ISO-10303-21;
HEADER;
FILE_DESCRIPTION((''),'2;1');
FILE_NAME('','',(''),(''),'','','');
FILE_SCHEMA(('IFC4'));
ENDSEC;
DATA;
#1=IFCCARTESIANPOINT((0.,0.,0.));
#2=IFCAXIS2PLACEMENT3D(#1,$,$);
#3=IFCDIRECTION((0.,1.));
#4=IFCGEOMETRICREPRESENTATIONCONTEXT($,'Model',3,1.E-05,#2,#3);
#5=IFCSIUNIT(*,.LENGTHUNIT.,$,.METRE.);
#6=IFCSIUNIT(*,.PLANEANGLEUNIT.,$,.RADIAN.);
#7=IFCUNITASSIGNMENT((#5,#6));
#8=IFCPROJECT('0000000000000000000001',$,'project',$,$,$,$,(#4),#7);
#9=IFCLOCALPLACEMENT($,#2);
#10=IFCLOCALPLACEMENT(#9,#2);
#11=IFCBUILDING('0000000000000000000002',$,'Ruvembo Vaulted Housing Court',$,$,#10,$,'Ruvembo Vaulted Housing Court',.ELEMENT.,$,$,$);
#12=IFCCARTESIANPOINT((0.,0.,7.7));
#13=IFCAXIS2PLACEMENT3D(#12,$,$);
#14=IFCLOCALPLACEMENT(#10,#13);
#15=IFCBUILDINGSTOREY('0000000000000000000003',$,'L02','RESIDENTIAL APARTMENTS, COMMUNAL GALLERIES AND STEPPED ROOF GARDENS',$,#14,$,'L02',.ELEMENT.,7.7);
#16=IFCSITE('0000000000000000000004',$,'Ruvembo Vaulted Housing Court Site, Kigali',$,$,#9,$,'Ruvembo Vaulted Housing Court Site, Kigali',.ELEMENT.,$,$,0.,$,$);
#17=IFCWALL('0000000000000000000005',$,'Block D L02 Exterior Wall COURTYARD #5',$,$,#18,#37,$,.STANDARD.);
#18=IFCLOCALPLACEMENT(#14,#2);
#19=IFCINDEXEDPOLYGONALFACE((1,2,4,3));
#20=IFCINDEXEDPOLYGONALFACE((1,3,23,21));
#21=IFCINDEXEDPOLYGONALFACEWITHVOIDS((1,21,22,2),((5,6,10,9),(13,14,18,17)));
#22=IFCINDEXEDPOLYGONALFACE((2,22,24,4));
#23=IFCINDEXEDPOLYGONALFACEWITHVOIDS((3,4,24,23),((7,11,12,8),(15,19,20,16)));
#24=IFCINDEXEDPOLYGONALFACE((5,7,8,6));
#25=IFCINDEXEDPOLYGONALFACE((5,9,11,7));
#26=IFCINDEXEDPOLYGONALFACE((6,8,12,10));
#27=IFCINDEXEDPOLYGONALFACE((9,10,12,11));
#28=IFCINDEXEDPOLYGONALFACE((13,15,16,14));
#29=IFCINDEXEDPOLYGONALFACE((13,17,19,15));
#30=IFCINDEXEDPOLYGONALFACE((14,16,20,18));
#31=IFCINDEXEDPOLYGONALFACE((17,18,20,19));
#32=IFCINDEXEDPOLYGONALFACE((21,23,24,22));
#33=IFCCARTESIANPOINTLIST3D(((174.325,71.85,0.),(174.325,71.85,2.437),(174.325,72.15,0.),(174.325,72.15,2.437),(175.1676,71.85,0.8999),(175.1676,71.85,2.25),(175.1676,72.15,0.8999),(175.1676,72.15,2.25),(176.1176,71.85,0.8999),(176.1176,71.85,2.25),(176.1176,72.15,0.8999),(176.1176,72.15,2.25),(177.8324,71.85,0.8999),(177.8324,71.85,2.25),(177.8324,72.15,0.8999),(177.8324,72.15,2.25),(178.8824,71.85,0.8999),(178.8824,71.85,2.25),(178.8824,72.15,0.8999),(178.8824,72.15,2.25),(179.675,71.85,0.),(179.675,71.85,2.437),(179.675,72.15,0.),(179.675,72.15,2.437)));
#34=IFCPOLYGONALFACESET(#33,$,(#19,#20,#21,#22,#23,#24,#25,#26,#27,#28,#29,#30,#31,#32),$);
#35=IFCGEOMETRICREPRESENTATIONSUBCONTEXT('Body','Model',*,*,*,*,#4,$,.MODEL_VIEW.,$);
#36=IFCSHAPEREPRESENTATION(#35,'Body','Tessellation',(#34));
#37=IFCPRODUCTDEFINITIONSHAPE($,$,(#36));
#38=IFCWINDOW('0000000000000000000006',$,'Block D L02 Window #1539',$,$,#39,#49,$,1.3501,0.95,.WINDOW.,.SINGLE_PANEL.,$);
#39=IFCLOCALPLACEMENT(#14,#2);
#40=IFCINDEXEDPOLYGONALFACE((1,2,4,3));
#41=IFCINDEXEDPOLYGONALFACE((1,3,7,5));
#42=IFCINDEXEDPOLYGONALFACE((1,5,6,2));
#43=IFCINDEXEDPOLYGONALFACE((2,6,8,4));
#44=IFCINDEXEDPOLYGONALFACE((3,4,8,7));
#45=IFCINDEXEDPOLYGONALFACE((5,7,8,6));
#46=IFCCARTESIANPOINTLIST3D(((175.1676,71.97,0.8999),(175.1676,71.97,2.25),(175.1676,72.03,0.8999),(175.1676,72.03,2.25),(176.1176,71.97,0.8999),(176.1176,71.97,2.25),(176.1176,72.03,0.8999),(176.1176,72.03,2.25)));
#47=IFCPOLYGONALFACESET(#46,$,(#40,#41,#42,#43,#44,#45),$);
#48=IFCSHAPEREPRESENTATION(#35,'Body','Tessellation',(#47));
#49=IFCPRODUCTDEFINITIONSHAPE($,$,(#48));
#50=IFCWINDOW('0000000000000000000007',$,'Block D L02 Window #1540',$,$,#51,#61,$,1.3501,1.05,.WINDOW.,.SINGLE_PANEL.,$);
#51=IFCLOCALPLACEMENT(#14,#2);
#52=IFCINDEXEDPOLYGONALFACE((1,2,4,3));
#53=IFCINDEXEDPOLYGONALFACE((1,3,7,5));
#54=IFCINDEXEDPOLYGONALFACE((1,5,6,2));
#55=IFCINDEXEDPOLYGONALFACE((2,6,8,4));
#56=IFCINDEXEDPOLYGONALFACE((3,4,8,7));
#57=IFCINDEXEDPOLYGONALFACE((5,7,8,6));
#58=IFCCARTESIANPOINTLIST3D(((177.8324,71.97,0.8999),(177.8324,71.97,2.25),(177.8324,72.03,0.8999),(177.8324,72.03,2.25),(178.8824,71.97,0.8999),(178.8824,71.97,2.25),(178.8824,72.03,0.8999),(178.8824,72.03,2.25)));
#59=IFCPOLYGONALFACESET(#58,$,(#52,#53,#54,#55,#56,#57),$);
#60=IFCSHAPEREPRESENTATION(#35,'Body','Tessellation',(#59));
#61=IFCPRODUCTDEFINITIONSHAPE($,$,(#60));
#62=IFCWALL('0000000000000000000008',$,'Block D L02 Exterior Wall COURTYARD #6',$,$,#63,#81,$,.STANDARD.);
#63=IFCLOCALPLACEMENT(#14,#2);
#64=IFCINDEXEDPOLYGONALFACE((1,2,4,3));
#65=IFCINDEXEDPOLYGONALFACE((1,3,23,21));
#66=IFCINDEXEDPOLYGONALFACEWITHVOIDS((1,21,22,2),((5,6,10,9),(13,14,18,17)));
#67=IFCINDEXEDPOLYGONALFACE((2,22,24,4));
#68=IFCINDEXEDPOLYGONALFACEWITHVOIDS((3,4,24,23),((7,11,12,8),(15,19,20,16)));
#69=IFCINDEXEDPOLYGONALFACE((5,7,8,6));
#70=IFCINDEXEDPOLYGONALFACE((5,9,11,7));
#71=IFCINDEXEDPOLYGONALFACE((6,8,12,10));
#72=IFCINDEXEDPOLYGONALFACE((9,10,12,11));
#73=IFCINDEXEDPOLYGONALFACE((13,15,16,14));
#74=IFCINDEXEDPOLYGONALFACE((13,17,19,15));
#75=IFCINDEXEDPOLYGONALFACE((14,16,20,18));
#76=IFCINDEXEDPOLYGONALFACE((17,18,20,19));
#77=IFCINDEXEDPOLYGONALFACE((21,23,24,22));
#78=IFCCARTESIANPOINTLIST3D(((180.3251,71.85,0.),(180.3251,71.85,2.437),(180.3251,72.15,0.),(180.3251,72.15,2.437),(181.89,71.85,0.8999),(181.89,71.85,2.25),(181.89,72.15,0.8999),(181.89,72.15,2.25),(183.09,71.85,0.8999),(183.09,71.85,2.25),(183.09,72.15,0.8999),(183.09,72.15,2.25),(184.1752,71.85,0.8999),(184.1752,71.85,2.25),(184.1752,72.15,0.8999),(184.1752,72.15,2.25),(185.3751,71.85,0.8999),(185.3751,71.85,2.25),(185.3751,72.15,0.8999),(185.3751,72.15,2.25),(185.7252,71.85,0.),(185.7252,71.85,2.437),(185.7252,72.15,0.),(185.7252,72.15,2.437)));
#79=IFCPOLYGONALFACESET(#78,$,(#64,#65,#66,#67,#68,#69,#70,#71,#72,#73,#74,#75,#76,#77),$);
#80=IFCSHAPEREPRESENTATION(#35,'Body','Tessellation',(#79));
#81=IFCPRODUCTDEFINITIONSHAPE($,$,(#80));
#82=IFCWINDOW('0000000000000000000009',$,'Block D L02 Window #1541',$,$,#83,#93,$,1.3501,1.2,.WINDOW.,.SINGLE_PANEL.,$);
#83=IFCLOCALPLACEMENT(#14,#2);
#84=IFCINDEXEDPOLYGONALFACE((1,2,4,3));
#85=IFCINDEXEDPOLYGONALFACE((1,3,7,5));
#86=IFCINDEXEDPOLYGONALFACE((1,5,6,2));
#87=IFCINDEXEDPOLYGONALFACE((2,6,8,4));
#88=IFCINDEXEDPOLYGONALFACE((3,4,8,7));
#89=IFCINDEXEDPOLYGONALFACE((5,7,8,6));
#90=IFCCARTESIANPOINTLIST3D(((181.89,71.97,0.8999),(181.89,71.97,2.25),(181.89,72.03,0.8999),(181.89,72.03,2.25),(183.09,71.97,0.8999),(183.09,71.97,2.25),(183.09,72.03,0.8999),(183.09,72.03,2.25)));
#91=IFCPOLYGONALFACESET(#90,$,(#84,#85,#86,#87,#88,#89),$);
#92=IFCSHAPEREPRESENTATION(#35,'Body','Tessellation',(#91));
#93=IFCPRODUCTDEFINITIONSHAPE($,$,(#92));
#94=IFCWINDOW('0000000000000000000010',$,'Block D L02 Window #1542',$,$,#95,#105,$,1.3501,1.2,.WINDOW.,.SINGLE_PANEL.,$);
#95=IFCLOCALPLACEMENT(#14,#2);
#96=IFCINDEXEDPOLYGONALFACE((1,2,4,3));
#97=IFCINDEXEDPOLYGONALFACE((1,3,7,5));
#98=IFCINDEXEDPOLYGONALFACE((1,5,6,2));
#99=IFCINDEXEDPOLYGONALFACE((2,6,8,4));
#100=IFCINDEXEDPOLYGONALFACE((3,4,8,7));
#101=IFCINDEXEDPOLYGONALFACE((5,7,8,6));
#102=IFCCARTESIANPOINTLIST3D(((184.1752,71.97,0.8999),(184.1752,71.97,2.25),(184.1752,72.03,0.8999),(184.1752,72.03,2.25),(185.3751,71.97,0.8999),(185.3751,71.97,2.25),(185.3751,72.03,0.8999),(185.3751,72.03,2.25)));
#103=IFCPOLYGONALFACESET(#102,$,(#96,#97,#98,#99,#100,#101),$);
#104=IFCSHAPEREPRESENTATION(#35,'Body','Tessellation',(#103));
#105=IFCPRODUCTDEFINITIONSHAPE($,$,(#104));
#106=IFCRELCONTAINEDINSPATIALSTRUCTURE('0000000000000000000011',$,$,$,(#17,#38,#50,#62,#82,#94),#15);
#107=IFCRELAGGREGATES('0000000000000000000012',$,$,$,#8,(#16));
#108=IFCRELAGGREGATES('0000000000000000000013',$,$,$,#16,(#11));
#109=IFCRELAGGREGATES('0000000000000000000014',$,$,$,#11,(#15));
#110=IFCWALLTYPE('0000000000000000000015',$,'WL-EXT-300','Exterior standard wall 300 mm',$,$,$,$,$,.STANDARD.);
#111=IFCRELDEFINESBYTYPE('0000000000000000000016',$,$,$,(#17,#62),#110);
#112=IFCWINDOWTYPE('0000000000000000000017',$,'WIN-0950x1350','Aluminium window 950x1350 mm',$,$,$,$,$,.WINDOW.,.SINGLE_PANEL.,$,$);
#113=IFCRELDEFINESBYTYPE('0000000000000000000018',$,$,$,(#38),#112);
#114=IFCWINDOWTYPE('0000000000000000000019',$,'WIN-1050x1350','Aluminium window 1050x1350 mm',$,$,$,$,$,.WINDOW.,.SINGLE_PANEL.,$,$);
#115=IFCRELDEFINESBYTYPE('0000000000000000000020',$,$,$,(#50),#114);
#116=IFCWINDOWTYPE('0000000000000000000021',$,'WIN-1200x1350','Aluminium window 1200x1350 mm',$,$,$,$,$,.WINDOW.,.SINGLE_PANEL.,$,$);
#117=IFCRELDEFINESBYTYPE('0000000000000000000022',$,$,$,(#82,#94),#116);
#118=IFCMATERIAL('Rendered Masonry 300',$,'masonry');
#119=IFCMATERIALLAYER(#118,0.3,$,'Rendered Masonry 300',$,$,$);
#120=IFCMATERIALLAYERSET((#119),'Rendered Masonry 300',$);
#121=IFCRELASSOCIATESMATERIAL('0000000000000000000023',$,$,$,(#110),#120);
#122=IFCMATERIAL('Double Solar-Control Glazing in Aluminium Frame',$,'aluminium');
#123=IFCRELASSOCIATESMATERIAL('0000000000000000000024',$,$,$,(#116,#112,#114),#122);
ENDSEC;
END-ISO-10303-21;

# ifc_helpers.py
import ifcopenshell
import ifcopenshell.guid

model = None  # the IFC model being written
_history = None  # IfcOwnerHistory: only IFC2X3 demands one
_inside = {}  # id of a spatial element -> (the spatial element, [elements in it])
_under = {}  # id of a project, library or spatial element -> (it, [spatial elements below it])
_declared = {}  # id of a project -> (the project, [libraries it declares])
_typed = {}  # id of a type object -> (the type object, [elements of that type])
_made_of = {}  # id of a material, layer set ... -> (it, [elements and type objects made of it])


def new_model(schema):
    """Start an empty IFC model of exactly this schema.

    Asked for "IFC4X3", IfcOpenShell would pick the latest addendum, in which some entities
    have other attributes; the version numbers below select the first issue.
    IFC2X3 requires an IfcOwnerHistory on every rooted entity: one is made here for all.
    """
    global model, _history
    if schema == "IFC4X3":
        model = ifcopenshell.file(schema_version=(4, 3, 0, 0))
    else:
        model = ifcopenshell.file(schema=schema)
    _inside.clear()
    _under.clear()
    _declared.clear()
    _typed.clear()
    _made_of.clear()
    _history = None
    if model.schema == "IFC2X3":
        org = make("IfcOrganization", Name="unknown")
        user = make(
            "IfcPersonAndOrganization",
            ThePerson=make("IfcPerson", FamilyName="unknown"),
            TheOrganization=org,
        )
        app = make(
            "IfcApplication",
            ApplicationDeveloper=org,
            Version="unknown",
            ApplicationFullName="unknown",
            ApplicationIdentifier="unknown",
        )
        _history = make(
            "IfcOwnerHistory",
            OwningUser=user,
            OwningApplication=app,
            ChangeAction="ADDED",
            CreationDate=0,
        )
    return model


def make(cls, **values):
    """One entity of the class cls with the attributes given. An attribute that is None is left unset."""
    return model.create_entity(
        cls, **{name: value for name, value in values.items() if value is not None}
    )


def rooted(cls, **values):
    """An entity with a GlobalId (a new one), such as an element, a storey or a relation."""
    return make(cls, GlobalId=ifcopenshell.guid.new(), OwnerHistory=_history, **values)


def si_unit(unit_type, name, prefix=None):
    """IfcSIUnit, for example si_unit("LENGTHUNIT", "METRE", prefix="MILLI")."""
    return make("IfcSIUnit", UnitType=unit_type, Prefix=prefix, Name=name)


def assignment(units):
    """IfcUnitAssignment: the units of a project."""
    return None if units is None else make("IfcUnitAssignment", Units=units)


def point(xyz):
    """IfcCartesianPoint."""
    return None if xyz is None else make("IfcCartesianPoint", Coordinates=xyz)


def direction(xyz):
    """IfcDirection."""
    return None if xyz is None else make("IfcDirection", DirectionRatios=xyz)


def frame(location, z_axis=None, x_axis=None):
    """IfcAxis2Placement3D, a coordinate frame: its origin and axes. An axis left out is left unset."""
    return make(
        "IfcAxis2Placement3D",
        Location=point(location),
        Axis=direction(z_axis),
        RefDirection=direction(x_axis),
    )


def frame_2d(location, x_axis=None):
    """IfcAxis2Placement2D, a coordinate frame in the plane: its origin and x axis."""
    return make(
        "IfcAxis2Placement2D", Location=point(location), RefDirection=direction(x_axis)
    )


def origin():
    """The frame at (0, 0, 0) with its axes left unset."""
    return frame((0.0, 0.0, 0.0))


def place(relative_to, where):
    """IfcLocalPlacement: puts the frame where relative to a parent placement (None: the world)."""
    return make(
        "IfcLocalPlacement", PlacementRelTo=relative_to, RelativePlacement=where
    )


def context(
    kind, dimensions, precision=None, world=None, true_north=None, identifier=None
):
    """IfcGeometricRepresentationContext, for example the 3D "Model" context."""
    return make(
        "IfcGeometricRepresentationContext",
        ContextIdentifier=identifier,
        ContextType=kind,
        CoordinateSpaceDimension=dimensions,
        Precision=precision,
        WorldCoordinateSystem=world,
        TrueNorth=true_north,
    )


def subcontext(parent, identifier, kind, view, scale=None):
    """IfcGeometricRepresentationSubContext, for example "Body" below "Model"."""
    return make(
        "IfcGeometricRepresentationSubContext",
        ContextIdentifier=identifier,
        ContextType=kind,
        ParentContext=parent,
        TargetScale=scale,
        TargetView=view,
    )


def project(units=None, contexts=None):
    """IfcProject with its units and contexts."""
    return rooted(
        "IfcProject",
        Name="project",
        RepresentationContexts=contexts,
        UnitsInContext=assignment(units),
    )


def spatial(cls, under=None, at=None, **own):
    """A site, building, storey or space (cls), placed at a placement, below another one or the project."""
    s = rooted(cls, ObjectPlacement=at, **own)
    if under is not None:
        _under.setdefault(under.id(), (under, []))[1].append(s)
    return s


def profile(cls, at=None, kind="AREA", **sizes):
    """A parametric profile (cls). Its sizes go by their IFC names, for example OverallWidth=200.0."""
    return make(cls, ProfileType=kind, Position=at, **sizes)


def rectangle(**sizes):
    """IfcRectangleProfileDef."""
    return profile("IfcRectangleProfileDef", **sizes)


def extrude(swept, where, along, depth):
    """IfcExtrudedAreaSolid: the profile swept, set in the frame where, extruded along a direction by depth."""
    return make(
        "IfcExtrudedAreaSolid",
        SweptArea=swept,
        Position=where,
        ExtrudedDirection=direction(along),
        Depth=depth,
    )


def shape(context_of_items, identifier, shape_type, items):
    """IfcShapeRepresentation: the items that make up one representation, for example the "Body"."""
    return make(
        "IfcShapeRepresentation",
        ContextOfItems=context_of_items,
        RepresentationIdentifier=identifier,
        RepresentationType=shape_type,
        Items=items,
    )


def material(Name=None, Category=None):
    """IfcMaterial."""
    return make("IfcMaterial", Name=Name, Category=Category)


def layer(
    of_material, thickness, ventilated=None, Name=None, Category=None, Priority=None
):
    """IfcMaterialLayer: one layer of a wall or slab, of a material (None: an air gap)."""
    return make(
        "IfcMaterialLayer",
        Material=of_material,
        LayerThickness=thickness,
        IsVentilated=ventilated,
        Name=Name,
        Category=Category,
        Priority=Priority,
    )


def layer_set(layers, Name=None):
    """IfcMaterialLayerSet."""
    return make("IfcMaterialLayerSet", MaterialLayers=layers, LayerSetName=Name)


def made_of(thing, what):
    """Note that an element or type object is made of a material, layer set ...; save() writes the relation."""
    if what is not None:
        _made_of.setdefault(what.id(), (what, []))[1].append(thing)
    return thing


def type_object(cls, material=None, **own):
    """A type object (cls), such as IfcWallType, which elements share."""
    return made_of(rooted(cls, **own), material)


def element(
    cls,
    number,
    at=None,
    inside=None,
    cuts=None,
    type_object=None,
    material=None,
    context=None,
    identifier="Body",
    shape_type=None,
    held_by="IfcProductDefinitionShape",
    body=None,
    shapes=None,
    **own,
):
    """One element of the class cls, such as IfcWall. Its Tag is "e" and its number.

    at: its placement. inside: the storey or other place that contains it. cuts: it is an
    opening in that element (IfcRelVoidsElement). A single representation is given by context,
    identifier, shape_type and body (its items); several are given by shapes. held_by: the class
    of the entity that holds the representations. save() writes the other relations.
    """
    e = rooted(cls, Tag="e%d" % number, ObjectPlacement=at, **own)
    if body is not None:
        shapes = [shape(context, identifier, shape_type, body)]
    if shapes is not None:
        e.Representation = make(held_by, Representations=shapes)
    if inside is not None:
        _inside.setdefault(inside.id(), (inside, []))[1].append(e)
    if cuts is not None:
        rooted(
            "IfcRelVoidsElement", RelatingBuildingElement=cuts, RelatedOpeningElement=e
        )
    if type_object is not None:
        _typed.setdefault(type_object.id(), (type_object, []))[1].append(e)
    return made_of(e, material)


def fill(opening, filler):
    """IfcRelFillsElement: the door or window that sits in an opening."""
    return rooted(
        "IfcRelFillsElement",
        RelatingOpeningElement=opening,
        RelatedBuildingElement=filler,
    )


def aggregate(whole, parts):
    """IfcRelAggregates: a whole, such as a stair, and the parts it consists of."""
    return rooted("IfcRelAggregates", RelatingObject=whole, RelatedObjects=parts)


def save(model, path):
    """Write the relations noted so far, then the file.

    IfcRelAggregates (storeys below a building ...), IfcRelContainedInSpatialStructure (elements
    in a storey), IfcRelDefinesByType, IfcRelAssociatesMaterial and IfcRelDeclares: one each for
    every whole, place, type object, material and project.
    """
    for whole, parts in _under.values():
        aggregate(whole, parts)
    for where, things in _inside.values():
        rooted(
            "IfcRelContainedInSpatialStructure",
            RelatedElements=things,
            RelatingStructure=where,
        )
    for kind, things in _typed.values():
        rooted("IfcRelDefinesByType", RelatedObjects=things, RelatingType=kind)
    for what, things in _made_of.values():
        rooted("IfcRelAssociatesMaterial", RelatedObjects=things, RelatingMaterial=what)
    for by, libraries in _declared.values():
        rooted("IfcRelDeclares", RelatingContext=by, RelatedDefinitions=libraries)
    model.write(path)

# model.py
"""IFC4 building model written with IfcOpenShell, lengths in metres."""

from ifc_helpers import new_model, si_unit, direction, frame, frame_2d, origin, place, context, subcontext, project, spatial, rectangle, extrude, material, layer, layer_set, type_object, element, fill, save


model = new_model("IFC4")

# Units and contexts
model_context = context("Model", 3, precision=1e-05, world=origin(), true_north=direction((0.0, 1.0)))
body_context = subcontext(model_context, "Body", "Model", "MODEL_VIEW")
ifc_project = project(units=[si_unit("LENGTHUNIT", "METRE"), si_unit("PLANEANGLEUNIT", "RADIAN")], contexts=[model_context])

# Site, building, storey
site_placement = place(None, origin())
site = spatial("IfcSite", under=ifc_project, at=site_placement, Name="Ruvembo Vaulted Housing Court Site, Kigali", LongName="Ruvembo Vaulted Housing Court Site, Kigali", CompositionType="ELEMENT", RefElevation=0.0)
building_placement = place(site_placement, origin())
building = spatial("IfcBuilding", under=site, at=building_placement, Name="Ruvembo Vaulted Housing Court", LongName="Ruvembo Vaulted Housing Court", CompositionType="ELEMENT")
storey_placement = place(building_placement, frame((0.0, 0.0, 7.7)))
storey = spatial("IfcBuildingStorey", under=building, at=storey_placement, Name="L02", Description="RESIDENTIAL APARTMENTS, COMMUNAL GALLERIES AND STEPPED ROOF GARDENS", LongName="L02", CompositionType="ELEMENT", Elevation=7.7)

# Walls, openings, windows
ifc_material_1 = material(Name="Rendered Masonry 300", Category="masonry")
ifc_layer = layer(ifc_material_1, 0.3, Name="Rendered Masonry 300")
ifc_layer_set = layer_set([ifc_layer], Name="Rendered Masonry 300")
wall_type = type_object("IfcWallType", Name="WL-EXT-300", Description="Exterior standard wall 300 mm", PredefinedType="STANDARD", material=ifc_layer_set)
ifc_material_2 = material(Name="Double Solar-Control Glazing in Aluminium Frame", Category="aluminium")
window_type_1 = type_object("IfcWindowType", Name="WIN-1200x1350", Description="Aluminium window 1200x1350 mm", PartitioningType="SINGLE_PANEL", PredefinedType="WINDOW", material=ifc_material_2)
wall_1_placement = place(storey_placement, frame((174.325, 72.0, 0.0), z_axis=(0.0, 0.0, 1.0), x_axis=(1.0, 0.0, 0.0)))
wall_1 = element("IfcWall", 1, at=wall_1_placement, inside=storey, type_object=wall_type, Name="Block D L02 Exterior Wall COURTYARD #5", PredefinedType="STANDARD", context=body_context, shape_type="SweptSolid", body=[
    extrude(rectangle(XDim=5.3501, YDim=0.3, at=frame_2d((2.675, 0.0))), origin(), (0.0, 0.0, 1.0), 2.437),
])
opening_1_placement = place(wall_1_placement, frame((0.8425, 0.0, 0.8999)))
opening_1 = element("IfcOpeningElement", 2, at=opening_1_placement, cuts=wall_1, PredefinedType="OPENING", context=body_context, shape_type="SweptSolid", body=[
    extrude(rectangle(XDim=0.95, YDim=1.3501, at=frame_2d((0.4751, 0.675))), frame((0.0, 0.1599, 0.0), z_axis=(0.0, -1.0, 0.0), x_axis=(1.0, 0.0, 0.0)), (0.0, 0.0, 1.0), 0.3201),
])
opening_2_placement = place(wall_1_placement, frame((3.5076, 0.0, 0.8999)))
opening_2 = element("IfcOpeningElement", 3, at=opening_2_placement, cuts=wall_1, PredefinedType="OPENING", context=body_context, shape_type="SweptSolid", body=[
    extrude(rectangle(XDim=1.05, YDim=1.3501, at=frame_2d((0.5249, 0.675))), frame((0.0, 0.1599, 0.0), z_axis=(0.0, -1.0, 0.0), x_axis=(1.0, 0.0, 0.0)), (0.0, 0.0, 1.0), 0.3201),
])
window_type_2 = type_object("IfcWindowType", Name="WIN-0950x1350", Description="Aluminium window 950x1350 mm", PartitioningType="SINGLE_PANEL", PredefinedType="WINDOW", material=ifc_material_2)
window_1_placement = place(opening_1_placement, origin())
window_1 = element("IfcWindow", 4, at=window_1_placement, inside=storey, type_object=window_type_2, Name="Block D L02 Window #1539", OverallHeight=1.3501, OverallWidth=0.95, PartitioningType="SINGLE_PANEL", PredefinedType="WINDOW", context=body_context, shape_type="SweptSolid", body=[
    extrude(rectangle(XDim=0.95, YDim=1.3501, at=frame_2d((0.4751, 0.675))), frame((0.0, 0.03, 0.0), z_axis=(0.0, -1.0, 0.0), x_axis=(1.0, 0.0, 0.0)), (0.0, 0.0, 1.0), 0.0601),
])
fill(opening_1, window_1)
window_type_3 = type_object("IfcWindowType", Name="WIN-1050x1350", Description="Aluminium window 1050x1350 mm", PartitioningType="SINGLE_PANEL", PredefinedType="WINDOW", material=ifc_material_2)
window_2_placement = place(opening_2_placement, origin())
window_2 = element("IfcWindow", 5, at=window_2_placement, inside=storey, type_object=window_type_3, Name="Block D L02 Window #1540", OverallHeight=1.3501, OverallWidth=1.05, PartitioningType="SINGLE_PANEL", PredefinedType="WINDOW", context=body_context, shape_type="SweptSolid", body=[
    extrude(rectangle(XDim=1.05, YDim=1.3501, at=frame_2d((0.5249, 0.675))), frame((0.0, 0.03, 0.0), z_axis=(0.0, -1.0, 0.0), x_axis=(1.0, 0.0, 0.0)), (0.0, 0.0, 1.0), 0.0601),
])
fill(opening_2, window_2)
wall_2_placement = place(storey_placement, frame((180.325, 72.0, 0.0), z_axis=(0.0, 0.0, 1.0), x_axis=(1.0, 0.0, 0.0)))
wall_2 = element("IfcWall", 6, at=wall_2_placement, inside=storey, type_object=wall_type, Name="Block D L02 Exterior Wall COURTYARD #6", PredefinedType="STANDARD", context=body_context, shape_type="SweptSolid", body=[
    extrude(rectangle(XDim=5.4001, YDim=0.3, at=frame_2d((2.7002, 0.0))), origin(), (0.0, 0.0, 1.0), 2.437),
])
opening_3_placement = place(wall_2_placement, frame((1.5649, 0.0, 0.8999)))
opening_3 = element("IfcOpeningElement", 7, at=opening_3_placement, cuts=wall_2, PredefinedType="OPENING", context=body_context, shape_type="SweptSolid", body=[
    extrude(rectangle(XDim=1.2, YDim=1.3501, at=frame_2d((0.6001, 0.675))), frame((0.0, 0.1599, 0.0), z_axis=(0.0, -1.0, 0.0), x_axis=(1.0, 0.0, 0.0)), (0.0, 0.0, 1.0), 0.3201),
])
opening_4_placement = place(wall_2_placement, frame((3.8501, 0.0, 0.8999)))
opening_4 = element("IfcOpeningElement", 8, at=opening_4_placement, cuts=wall_2, PredefinedType="OPENING", context=body_context, shape_type="SweptSolid", body=[
    extrude(rectangle(XDim=1.2, YDim=1.3501, at=frame_2d((0.6001, 0.675))), frame((0.0, 0.1599, 0.0), z_axis=(0.0, -1.0, 0.0), x_axis=(1.0, 0.0, 0.0)), (0.0, 0.0, 1.0), 0.3201),
])
window_3_placement = place(opening_3_placement, origin())
window_3 = element("IfcWindow", 9, at=window_3_placement, inside=storey, type_object=window_type_1, Name="Block D L02 Window #1541", OverallHeight=1.3501, OverallWidth=1.2, PartitioningType="SINGLE_PANEL", PredefinedType="WINDOW", context=body_context, shape_type="SweptSolid", body=[
    extrude(rectangle(XDim=1.2, YDim=1.3501, at=frame_2d((0.6001, 0.675))), frame((0.0, 0.03, 0.0), z_axis=(0.0, -1.0, 0.0), x_axis=(1.0, 0.0, 0.0)), (0.0, 0.0, 1.0), 0.0601),
])
fill(opening_3, window_3)
window_4_placement = place(opening_4_placement, origin())
window_4 = element("IfcWindow", 10, at=window_4_placement, inside=storey, type_object=window_type_1, Name="Block D L02 Window #1542", OverallHeight=1.3501, OverallWidth=1.2, PartitioningType="SINGLE_PANEL", PredefinedType="WINDOW", context=body_context, shape_type="SweptSolid", body=[
    extrude(rectangle(XDim=1.2, YDim=1.3501, at=frame_2d((0.6001, 0.675))), frame((0.0, 0.03, 0.0), z_axis=(0.0, -1.0, 0.0), x_axis=(1.0, 0.0, 0.0)), (0.0, 0.0, 1.0), 0.0601),
])
fill(opening_4, window_4)

save(model, "model.ifc")
